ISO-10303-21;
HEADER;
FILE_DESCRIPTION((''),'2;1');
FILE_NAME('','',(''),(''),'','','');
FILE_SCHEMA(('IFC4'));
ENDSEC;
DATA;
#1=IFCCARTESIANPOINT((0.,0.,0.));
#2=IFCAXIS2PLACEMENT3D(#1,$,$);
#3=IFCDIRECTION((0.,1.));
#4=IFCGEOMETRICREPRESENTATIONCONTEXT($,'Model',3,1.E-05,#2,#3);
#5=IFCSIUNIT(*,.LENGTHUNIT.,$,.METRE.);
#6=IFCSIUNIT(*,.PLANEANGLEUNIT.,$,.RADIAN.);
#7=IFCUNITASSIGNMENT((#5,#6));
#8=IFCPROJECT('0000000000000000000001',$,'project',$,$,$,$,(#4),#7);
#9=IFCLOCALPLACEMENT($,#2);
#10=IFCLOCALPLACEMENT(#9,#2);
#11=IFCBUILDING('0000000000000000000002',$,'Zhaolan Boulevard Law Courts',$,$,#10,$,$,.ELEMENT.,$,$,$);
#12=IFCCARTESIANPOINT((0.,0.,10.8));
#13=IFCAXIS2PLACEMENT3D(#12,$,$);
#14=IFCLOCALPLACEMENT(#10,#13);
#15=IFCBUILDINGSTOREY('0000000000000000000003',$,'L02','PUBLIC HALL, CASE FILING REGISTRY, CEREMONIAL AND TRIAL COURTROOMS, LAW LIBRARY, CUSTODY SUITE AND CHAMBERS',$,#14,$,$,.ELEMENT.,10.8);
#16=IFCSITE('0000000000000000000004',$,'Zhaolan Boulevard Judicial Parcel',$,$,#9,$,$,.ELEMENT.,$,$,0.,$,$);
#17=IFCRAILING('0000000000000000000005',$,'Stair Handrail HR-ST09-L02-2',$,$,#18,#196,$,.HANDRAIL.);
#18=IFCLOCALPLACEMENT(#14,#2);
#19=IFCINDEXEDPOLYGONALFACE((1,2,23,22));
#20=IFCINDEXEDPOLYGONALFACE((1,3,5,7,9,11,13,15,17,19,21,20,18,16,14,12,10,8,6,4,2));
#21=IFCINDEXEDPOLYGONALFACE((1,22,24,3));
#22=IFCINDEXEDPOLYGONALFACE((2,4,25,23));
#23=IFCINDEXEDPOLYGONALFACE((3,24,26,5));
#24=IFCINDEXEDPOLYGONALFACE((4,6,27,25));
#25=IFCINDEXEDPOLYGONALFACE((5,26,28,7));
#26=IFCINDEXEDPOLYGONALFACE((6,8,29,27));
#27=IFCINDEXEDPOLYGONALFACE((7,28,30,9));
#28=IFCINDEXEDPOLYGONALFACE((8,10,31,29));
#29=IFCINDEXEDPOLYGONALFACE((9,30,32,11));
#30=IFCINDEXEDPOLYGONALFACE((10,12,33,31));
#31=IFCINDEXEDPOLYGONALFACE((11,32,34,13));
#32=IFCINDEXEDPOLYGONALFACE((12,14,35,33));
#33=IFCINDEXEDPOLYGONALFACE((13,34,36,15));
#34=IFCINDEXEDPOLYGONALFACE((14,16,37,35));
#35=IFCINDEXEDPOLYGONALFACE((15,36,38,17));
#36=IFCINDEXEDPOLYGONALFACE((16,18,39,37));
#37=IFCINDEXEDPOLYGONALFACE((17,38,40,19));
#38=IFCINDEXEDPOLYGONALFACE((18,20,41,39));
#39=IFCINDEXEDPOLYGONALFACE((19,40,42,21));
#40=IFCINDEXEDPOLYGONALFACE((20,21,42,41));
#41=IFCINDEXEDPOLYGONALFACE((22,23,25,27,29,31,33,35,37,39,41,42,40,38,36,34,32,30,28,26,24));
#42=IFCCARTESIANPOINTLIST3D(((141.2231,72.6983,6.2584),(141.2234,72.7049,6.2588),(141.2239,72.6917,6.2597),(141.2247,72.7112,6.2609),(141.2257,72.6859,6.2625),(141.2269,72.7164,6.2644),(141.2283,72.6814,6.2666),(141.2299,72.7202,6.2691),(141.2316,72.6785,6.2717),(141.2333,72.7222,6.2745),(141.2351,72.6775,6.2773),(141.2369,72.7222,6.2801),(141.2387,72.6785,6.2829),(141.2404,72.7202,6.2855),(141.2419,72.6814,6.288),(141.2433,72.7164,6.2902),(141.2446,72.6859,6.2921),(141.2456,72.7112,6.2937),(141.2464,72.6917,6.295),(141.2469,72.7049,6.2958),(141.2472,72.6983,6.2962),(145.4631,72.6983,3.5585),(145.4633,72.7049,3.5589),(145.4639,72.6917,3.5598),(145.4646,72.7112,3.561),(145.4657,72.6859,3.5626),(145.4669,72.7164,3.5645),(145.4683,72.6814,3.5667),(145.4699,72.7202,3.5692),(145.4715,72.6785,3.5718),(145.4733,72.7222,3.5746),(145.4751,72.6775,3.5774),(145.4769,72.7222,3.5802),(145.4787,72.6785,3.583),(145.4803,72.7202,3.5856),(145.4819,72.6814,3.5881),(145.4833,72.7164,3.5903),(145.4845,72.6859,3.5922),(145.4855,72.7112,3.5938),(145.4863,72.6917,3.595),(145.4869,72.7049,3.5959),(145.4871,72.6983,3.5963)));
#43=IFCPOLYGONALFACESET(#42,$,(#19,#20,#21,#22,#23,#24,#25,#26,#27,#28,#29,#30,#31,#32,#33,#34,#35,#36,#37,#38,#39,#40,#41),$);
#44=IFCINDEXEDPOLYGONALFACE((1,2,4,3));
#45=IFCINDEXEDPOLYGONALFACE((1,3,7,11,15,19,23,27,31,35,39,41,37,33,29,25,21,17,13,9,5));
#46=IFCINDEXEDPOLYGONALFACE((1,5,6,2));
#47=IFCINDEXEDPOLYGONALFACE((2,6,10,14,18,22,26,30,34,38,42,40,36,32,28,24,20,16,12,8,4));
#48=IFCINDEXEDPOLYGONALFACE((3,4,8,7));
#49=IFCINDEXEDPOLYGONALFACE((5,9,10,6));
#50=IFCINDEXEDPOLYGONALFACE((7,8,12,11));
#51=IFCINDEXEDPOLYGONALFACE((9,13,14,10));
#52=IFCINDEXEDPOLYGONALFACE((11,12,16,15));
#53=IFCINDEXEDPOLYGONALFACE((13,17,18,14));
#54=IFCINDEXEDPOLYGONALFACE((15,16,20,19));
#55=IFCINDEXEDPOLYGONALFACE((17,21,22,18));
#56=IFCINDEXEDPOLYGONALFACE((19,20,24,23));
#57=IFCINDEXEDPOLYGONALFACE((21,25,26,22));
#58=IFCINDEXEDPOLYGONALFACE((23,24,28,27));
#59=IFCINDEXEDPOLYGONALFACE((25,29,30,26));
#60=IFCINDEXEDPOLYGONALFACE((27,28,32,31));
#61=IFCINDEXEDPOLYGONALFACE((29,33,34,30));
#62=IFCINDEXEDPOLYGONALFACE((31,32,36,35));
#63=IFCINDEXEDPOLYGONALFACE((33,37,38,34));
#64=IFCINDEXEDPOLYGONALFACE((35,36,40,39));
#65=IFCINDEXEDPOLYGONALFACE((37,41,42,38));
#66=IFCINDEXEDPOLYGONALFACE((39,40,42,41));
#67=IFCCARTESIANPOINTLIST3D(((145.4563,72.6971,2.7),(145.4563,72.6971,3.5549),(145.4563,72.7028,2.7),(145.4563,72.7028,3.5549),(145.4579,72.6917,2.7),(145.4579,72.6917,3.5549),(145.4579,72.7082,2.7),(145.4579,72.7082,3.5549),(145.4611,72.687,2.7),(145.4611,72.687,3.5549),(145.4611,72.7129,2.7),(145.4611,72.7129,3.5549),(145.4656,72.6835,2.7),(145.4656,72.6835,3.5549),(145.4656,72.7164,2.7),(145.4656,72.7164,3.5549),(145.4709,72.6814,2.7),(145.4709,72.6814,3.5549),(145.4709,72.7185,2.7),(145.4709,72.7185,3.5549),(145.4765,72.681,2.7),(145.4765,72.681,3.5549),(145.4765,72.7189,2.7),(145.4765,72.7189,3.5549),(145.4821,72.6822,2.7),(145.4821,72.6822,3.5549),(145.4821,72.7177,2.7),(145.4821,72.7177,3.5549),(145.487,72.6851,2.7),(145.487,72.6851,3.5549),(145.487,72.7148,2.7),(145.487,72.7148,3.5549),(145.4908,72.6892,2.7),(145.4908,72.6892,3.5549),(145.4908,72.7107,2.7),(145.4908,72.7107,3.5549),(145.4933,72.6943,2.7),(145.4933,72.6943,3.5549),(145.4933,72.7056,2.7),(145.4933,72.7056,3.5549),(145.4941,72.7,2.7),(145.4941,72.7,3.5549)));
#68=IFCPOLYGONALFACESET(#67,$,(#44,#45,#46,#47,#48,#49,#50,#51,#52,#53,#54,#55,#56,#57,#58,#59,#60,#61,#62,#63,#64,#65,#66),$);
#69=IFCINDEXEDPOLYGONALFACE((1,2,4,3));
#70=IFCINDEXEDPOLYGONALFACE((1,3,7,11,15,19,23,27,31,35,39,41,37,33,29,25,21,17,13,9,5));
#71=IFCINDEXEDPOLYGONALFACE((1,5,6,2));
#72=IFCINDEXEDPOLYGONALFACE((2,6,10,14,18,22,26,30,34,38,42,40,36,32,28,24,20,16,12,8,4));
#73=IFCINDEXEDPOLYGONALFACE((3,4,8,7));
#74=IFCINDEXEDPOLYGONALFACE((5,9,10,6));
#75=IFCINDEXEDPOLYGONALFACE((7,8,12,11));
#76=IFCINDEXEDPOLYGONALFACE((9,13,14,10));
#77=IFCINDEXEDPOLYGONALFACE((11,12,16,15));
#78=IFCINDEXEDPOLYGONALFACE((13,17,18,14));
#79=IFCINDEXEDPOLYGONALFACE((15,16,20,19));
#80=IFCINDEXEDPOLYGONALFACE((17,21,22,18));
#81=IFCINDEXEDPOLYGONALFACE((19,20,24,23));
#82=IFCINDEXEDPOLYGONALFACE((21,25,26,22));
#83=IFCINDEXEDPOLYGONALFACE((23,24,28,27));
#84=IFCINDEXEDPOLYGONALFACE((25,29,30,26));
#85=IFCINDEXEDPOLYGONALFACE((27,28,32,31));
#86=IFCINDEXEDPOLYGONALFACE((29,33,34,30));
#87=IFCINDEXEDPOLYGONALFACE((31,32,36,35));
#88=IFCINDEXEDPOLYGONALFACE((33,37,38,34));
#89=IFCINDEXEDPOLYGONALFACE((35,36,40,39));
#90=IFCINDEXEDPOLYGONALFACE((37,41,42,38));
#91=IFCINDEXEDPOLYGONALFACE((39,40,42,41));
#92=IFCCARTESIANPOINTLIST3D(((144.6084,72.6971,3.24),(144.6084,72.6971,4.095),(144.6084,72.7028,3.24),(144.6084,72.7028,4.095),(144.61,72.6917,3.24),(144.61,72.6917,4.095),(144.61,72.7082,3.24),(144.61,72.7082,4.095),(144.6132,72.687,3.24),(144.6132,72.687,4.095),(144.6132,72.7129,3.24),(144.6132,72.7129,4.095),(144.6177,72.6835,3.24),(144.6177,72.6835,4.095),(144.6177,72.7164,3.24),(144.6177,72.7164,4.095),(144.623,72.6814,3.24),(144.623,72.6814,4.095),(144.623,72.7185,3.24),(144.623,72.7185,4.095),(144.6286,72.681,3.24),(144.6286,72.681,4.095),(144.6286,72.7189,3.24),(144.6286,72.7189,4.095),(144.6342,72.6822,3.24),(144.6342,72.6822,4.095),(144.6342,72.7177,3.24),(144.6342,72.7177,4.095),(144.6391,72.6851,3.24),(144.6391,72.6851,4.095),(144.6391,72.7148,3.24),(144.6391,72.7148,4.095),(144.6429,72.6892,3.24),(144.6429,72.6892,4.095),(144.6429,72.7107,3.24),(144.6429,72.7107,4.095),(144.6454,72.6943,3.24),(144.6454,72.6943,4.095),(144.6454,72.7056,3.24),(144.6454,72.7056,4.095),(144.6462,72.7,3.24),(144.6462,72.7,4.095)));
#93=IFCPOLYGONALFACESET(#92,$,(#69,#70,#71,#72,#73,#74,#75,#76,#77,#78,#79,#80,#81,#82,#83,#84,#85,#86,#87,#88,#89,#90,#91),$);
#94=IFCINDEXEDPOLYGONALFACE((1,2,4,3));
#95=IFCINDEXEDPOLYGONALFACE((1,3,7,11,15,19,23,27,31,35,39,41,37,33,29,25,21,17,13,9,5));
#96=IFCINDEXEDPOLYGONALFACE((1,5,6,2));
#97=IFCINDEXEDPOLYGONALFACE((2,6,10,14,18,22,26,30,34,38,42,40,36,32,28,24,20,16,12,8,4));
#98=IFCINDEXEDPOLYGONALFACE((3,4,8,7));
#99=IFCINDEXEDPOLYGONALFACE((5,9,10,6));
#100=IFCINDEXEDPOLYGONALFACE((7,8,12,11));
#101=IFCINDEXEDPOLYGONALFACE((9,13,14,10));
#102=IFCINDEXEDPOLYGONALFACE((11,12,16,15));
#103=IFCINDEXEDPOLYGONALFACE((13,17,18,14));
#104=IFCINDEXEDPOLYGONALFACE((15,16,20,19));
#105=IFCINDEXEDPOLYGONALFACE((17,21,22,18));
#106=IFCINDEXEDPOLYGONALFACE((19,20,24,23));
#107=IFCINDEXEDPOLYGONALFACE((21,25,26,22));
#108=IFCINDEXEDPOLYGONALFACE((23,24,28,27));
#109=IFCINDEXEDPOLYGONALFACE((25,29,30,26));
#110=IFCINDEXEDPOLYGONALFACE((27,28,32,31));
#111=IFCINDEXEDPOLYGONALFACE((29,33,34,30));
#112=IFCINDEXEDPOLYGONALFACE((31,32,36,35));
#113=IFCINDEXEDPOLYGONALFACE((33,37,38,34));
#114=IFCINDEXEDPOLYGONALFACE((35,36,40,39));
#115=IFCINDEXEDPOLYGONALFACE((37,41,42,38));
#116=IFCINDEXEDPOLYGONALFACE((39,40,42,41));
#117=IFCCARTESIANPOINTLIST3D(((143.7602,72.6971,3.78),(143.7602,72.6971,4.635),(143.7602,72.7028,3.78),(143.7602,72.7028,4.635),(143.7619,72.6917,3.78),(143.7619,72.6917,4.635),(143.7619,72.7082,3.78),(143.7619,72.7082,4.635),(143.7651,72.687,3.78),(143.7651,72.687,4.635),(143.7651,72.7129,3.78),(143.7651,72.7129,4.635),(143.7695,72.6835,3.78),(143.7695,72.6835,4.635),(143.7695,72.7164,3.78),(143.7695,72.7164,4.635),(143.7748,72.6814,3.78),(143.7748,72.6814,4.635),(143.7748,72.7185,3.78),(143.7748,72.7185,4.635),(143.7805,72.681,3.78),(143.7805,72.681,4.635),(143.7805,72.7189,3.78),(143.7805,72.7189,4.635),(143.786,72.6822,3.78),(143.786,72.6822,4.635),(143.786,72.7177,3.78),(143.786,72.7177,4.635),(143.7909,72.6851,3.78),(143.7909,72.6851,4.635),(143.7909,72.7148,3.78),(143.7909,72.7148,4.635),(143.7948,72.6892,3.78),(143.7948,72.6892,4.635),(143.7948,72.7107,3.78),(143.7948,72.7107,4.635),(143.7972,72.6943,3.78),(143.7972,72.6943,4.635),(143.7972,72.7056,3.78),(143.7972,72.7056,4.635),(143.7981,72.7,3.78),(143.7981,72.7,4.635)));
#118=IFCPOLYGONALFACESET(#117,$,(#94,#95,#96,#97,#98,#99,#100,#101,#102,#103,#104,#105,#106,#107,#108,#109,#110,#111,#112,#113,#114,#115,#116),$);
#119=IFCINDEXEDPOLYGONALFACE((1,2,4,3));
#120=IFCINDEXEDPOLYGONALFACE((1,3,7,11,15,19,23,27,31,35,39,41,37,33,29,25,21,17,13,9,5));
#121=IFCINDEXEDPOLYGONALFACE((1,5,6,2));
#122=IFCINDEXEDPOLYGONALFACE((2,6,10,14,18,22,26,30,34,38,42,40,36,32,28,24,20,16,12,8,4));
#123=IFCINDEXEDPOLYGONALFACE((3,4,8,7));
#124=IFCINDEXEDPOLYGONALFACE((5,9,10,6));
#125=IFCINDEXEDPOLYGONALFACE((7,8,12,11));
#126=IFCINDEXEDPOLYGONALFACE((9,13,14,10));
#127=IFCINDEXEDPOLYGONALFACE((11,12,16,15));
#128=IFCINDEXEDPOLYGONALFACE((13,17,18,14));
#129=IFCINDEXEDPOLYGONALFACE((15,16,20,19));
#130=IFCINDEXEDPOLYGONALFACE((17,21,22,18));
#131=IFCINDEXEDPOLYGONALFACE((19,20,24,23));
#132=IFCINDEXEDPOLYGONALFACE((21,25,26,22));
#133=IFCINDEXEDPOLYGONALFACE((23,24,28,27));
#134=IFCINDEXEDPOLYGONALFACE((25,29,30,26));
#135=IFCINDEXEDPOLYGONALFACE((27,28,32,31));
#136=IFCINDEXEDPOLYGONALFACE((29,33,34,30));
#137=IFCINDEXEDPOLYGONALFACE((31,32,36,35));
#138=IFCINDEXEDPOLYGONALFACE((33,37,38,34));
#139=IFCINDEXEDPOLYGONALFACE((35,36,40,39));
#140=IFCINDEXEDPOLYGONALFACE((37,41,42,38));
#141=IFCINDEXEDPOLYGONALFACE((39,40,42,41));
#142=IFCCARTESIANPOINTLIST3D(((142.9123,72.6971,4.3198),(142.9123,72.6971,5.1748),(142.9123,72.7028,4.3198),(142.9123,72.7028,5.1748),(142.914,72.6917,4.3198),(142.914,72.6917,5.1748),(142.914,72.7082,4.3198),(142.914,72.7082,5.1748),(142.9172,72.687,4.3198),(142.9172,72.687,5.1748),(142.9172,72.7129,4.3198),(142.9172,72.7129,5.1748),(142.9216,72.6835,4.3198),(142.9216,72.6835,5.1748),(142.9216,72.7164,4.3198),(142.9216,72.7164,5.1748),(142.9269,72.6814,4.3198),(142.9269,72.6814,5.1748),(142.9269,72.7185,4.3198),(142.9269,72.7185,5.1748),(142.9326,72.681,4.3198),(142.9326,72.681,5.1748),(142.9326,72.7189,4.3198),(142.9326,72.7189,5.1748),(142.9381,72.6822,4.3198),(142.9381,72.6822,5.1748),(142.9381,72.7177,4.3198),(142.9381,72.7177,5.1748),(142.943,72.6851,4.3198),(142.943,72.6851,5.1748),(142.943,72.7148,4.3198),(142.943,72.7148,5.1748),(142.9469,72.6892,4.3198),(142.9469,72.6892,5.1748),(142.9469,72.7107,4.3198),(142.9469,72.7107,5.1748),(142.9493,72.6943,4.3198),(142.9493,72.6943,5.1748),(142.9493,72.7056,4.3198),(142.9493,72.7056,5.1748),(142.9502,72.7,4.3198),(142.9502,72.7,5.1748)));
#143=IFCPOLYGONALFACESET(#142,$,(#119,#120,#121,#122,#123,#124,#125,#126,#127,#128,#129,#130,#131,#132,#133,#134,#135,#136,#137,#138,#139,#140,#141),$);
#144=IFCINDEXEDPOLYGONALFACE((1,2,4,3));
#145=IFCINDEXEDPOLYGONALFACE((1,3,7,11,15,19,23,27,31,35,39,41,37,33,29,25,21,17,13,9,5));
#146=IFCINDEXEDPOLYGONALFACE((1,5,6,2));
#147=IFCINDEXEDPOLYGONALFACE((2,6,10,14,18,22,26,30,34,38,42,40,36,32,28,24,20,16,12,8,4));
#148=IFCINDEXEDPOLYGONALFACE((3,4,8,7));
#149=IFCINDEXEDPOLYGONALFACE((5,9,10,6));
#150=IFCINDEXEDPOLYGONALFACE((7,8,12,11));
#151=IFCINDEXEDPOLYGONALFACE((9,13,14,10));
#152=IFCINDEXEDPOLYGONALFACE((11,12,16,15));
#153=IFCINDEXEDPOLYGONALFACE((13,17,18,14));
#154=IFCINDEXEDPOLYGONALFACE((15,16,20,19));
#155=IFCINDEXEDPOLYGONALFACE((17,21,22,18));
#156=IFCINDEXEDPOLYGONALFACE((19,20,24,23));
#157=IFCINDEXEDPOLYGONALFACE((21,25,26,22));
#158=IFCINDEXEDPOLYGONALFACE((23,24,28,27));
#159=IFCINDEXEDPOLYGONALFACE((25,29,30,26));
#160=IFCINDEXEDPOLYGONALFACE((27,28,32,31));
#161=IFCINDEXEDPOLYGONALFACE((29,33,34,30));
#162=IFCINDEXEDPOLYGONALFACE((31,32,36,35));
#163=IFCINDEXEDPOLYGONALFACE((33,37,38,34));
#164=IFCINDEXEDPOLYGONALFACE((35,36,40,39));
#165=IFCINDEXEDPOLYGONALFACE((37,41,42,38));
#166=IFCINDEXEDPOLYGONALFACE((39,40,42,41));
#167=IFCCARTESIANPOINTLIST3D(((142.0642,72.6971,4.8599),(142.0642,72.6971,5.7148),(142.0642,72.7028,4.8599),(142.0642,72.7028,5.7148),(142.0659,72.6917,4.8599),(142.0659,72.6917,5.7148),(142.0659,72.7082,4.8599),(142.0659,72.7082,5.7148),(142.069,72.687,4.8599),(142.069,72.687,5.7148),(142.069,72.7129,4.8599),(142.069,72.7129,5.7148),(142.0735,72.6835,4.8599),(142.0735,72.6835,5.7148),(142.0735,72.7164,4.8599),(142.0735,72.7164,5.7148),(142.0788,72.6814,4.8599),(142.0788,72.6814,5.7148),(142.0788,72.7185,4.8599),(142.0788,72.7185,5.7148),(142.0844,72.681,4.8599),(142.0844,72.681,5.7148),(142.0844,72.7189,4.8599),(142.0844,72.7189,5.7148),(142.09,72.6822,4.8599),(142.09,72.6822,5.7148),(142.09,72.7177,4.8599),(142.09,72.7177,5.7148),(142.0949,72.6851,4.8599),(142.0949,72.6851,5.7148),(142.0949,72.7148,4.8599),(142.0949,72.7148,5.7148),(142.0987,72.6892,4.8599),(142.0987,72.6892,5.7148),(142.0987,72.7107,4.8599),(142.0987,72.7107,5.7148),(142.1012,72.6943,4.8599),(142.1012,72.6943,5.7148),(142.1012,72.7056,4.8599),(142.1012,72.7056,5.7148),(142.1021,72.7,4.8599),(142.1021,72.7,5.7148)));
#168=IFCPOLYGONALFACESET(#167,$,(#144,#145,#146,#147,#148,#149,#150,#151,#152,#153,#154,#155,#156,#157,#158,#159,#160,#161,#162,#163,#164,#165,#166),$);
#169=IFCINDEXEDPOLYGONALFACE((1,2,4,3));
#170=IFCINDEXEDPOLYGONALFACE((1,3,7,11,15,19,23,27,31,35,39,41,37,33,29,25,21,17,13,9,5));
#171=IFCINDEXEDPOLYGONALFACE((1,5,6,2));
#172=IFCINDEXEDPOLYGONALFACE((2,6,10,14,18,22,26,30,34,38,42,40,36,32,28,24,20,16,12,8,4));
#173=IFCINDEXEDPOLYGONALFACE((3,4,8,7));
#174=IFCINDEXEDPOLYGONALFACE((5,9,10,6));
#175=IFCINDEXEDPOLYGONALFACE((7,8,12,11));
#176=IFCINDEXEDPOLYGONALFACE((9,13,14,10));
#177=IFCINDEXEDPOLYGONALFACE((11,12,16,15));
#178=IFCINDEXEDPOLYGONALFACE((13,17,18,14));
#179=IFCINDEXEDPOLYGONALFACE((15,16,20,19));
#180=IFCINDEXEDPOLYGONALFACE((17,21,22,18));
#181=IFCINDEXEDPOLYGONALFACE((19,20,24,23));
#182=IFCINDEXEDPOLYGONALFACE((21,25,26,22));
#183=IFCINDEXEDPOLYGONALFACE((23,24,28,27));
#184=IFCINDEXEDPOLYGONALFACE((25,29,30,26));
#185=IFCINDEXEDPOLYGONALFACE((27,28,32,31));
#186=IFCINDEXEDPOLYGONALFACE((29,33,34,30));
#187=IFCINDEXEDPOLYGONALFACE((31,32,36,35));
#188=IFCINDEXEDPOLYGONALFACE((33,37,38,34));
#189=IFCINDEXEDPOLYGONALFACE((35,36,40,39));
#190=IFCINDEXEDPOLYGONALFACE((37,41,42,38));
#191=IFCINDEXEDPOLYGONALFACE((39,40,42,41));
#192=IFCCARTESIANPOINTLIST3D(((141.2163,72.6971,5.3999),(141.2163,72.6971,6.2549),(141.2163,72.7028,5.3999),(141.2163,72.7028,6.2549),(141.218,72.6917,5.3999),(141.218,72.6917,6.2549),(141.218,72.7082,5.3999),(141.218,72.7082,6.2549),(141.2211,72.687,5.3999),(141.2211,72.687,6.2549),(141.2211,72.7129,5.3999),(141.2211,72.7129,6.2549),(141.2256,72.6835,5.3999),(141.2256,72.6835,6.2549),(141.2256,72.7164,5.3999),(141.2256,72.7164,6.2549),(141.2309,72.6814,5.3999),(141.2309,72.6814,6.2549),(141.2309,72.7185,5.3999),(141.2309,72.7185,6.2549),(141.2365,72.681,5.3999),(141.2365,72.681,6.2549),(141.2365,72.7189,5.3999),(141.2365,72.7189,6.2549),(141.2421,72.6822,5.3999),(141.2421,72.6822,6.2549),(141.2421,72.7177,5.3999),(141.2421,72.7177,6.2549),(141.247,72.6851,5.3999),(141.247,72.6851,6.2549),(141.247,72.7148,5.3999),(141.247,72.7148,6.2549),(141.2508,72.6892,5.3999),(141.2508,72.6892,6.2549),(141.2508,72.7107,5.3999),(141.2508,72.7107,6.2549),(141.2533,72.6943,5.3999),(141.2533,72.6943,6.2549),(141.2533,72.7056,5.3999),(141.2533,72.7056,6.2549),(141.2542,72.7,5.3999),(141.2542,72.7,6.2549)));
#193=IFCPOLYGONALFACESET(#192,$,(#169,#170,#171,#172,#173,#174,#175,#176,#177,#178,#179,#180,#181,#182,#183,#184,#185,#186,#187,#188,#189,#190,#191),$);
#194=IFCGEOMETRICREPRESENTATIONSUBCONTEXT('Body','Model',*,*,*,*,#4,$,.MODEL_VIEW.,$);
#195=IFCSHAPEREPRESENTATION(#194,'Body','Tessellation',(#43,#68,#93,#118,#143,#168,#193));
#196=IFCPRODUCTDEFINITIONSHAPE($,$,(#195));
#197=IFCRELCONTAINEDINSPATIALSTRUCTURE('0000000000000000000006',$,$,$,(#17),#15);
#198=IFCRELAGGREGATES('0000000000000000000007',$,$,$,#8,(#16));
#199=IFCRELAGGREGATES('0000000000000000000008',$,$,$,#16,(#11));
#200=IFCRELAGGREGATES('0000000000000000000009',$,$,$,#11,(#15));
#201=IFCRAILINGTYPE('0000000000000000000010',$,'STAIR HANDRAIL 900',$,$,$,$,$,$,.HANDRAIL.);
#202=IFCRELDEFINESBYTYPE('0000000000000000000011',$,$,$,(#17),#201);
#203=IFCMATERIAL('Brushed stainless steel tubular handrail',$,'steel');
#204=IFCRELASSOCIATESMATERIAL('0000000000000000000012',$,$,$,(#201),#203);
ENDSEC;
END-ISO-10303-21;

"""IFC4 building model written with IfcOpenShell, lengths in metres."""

from ifc_helpers import new_model, si_unit, direction, frame, origin, origin_2d, place, context, subcontext, project, spatial, circle, extrude, material, type_object, element, save


model = new_model("IFC4")

# Units and contexts
model_context = context("Model", 3, precision=1e-05, world=origin(), true_north=direction((0.0, 1.0)))
body_context = subcontext(model_context, "Body", "Model", "MODEL_VIEW")
ifc_project = project(units=[si_unit("LENGTHUNIT", "METRE"), si_unit("PLANEANGLEUNIT", "RADIAN")], contexts=[model_context])

# Site, building, storey
site_placement = place(None, origin())
site = spatial("IfcSite", under=ifc_project, at=site_placement, Name="Zhaolan Boulevard Judicial Parcel", CompositionType="ELEMENT", RefElevation=0.0)
building_placement = place(site_placement, origin())
building = spatial("IfcBuilding", under=site, at=building_placement, Name="Zhaolan Boulevard Law Courts", CompositionType="ELEMENT")
storey_placement = place(building_placement, frame((0.0, 0.0, 10.8)))
storey = spatial("IfcBuildingStorey", under=building, at=storey_placement, Name="L02", Description="PUBLIC HALL, CASE FILING REGISTRY, CEREMONIAL AND TRIAL COURTROOMS, LAW LIBRARY, CUSTODY SUITE AND CHAMBERS", CompositionType="ELEMENT", Elevation=10.8)

# Railing
ifc_material_1 = material(Name="Brushed stainless steel tubular handrail", Category="steel")
railing_type_1 = type_object("IfcRailingType", Name="STAIR HANDRAIL 900", PredefinedType="HANDRAIL", material=ifc_material_1)
railing_1_placement = place(storey_placement, frame((145.4751, 72.7, 2.7)))
element("IfcRailing", 1, at=railing_1_placement, inside=storey, type_object=railing_type_1, Name="Stair Handrail HR-ST09-L02-2", PredefinedType="HANDRAIL", context=body_context, shape_type="SweptSolid", body=[
    extrude(circle(Radius=0.0225, at=origin_2d()), frame((0.0, 0.0, 0.8774), z_axis=(-0.843501, 0.0, 0.537127), x_axis=(0.0, -1.0, 0.0)), (0.0, 0.0, 1.0), 5.0266),
    extrude(circle(Radius=0.019, at=origin_2d()), origin(), (0.0, 0.0, 1.0), 0.855),
    extrude(circle(Radius=0.019, at=origin_2d()), frame((-0.8479, 0.0, 0.54)), (0.0, 0.0, 1.0), 0.855),
    extrude(circle(Radius=0.019, at=origin_2d()), frame((-1.696, 0.0, 1.0801)), (0.0, 0.0, 1.0), 0.855),
    extrude(circle(Radius=0.019, at=origin_2d()), frame((-2.5439, 0.0, 1.6199)), (0.0, 0.0, 1.0), 0.855),
    extrude(circle(Radius=0.019, at=origin_2d()), frame((-3.3921, 0.0, 2.1599)), (0.0, 0.0, 1.0), 0.855),
    extrude(circle(Radius=0.019, at=origin_2d()), frame((-4.24, 0.0, 2.7)), (0.0, 0.0, 1.0), 0.855),
])

save(model, "model.ifc")
